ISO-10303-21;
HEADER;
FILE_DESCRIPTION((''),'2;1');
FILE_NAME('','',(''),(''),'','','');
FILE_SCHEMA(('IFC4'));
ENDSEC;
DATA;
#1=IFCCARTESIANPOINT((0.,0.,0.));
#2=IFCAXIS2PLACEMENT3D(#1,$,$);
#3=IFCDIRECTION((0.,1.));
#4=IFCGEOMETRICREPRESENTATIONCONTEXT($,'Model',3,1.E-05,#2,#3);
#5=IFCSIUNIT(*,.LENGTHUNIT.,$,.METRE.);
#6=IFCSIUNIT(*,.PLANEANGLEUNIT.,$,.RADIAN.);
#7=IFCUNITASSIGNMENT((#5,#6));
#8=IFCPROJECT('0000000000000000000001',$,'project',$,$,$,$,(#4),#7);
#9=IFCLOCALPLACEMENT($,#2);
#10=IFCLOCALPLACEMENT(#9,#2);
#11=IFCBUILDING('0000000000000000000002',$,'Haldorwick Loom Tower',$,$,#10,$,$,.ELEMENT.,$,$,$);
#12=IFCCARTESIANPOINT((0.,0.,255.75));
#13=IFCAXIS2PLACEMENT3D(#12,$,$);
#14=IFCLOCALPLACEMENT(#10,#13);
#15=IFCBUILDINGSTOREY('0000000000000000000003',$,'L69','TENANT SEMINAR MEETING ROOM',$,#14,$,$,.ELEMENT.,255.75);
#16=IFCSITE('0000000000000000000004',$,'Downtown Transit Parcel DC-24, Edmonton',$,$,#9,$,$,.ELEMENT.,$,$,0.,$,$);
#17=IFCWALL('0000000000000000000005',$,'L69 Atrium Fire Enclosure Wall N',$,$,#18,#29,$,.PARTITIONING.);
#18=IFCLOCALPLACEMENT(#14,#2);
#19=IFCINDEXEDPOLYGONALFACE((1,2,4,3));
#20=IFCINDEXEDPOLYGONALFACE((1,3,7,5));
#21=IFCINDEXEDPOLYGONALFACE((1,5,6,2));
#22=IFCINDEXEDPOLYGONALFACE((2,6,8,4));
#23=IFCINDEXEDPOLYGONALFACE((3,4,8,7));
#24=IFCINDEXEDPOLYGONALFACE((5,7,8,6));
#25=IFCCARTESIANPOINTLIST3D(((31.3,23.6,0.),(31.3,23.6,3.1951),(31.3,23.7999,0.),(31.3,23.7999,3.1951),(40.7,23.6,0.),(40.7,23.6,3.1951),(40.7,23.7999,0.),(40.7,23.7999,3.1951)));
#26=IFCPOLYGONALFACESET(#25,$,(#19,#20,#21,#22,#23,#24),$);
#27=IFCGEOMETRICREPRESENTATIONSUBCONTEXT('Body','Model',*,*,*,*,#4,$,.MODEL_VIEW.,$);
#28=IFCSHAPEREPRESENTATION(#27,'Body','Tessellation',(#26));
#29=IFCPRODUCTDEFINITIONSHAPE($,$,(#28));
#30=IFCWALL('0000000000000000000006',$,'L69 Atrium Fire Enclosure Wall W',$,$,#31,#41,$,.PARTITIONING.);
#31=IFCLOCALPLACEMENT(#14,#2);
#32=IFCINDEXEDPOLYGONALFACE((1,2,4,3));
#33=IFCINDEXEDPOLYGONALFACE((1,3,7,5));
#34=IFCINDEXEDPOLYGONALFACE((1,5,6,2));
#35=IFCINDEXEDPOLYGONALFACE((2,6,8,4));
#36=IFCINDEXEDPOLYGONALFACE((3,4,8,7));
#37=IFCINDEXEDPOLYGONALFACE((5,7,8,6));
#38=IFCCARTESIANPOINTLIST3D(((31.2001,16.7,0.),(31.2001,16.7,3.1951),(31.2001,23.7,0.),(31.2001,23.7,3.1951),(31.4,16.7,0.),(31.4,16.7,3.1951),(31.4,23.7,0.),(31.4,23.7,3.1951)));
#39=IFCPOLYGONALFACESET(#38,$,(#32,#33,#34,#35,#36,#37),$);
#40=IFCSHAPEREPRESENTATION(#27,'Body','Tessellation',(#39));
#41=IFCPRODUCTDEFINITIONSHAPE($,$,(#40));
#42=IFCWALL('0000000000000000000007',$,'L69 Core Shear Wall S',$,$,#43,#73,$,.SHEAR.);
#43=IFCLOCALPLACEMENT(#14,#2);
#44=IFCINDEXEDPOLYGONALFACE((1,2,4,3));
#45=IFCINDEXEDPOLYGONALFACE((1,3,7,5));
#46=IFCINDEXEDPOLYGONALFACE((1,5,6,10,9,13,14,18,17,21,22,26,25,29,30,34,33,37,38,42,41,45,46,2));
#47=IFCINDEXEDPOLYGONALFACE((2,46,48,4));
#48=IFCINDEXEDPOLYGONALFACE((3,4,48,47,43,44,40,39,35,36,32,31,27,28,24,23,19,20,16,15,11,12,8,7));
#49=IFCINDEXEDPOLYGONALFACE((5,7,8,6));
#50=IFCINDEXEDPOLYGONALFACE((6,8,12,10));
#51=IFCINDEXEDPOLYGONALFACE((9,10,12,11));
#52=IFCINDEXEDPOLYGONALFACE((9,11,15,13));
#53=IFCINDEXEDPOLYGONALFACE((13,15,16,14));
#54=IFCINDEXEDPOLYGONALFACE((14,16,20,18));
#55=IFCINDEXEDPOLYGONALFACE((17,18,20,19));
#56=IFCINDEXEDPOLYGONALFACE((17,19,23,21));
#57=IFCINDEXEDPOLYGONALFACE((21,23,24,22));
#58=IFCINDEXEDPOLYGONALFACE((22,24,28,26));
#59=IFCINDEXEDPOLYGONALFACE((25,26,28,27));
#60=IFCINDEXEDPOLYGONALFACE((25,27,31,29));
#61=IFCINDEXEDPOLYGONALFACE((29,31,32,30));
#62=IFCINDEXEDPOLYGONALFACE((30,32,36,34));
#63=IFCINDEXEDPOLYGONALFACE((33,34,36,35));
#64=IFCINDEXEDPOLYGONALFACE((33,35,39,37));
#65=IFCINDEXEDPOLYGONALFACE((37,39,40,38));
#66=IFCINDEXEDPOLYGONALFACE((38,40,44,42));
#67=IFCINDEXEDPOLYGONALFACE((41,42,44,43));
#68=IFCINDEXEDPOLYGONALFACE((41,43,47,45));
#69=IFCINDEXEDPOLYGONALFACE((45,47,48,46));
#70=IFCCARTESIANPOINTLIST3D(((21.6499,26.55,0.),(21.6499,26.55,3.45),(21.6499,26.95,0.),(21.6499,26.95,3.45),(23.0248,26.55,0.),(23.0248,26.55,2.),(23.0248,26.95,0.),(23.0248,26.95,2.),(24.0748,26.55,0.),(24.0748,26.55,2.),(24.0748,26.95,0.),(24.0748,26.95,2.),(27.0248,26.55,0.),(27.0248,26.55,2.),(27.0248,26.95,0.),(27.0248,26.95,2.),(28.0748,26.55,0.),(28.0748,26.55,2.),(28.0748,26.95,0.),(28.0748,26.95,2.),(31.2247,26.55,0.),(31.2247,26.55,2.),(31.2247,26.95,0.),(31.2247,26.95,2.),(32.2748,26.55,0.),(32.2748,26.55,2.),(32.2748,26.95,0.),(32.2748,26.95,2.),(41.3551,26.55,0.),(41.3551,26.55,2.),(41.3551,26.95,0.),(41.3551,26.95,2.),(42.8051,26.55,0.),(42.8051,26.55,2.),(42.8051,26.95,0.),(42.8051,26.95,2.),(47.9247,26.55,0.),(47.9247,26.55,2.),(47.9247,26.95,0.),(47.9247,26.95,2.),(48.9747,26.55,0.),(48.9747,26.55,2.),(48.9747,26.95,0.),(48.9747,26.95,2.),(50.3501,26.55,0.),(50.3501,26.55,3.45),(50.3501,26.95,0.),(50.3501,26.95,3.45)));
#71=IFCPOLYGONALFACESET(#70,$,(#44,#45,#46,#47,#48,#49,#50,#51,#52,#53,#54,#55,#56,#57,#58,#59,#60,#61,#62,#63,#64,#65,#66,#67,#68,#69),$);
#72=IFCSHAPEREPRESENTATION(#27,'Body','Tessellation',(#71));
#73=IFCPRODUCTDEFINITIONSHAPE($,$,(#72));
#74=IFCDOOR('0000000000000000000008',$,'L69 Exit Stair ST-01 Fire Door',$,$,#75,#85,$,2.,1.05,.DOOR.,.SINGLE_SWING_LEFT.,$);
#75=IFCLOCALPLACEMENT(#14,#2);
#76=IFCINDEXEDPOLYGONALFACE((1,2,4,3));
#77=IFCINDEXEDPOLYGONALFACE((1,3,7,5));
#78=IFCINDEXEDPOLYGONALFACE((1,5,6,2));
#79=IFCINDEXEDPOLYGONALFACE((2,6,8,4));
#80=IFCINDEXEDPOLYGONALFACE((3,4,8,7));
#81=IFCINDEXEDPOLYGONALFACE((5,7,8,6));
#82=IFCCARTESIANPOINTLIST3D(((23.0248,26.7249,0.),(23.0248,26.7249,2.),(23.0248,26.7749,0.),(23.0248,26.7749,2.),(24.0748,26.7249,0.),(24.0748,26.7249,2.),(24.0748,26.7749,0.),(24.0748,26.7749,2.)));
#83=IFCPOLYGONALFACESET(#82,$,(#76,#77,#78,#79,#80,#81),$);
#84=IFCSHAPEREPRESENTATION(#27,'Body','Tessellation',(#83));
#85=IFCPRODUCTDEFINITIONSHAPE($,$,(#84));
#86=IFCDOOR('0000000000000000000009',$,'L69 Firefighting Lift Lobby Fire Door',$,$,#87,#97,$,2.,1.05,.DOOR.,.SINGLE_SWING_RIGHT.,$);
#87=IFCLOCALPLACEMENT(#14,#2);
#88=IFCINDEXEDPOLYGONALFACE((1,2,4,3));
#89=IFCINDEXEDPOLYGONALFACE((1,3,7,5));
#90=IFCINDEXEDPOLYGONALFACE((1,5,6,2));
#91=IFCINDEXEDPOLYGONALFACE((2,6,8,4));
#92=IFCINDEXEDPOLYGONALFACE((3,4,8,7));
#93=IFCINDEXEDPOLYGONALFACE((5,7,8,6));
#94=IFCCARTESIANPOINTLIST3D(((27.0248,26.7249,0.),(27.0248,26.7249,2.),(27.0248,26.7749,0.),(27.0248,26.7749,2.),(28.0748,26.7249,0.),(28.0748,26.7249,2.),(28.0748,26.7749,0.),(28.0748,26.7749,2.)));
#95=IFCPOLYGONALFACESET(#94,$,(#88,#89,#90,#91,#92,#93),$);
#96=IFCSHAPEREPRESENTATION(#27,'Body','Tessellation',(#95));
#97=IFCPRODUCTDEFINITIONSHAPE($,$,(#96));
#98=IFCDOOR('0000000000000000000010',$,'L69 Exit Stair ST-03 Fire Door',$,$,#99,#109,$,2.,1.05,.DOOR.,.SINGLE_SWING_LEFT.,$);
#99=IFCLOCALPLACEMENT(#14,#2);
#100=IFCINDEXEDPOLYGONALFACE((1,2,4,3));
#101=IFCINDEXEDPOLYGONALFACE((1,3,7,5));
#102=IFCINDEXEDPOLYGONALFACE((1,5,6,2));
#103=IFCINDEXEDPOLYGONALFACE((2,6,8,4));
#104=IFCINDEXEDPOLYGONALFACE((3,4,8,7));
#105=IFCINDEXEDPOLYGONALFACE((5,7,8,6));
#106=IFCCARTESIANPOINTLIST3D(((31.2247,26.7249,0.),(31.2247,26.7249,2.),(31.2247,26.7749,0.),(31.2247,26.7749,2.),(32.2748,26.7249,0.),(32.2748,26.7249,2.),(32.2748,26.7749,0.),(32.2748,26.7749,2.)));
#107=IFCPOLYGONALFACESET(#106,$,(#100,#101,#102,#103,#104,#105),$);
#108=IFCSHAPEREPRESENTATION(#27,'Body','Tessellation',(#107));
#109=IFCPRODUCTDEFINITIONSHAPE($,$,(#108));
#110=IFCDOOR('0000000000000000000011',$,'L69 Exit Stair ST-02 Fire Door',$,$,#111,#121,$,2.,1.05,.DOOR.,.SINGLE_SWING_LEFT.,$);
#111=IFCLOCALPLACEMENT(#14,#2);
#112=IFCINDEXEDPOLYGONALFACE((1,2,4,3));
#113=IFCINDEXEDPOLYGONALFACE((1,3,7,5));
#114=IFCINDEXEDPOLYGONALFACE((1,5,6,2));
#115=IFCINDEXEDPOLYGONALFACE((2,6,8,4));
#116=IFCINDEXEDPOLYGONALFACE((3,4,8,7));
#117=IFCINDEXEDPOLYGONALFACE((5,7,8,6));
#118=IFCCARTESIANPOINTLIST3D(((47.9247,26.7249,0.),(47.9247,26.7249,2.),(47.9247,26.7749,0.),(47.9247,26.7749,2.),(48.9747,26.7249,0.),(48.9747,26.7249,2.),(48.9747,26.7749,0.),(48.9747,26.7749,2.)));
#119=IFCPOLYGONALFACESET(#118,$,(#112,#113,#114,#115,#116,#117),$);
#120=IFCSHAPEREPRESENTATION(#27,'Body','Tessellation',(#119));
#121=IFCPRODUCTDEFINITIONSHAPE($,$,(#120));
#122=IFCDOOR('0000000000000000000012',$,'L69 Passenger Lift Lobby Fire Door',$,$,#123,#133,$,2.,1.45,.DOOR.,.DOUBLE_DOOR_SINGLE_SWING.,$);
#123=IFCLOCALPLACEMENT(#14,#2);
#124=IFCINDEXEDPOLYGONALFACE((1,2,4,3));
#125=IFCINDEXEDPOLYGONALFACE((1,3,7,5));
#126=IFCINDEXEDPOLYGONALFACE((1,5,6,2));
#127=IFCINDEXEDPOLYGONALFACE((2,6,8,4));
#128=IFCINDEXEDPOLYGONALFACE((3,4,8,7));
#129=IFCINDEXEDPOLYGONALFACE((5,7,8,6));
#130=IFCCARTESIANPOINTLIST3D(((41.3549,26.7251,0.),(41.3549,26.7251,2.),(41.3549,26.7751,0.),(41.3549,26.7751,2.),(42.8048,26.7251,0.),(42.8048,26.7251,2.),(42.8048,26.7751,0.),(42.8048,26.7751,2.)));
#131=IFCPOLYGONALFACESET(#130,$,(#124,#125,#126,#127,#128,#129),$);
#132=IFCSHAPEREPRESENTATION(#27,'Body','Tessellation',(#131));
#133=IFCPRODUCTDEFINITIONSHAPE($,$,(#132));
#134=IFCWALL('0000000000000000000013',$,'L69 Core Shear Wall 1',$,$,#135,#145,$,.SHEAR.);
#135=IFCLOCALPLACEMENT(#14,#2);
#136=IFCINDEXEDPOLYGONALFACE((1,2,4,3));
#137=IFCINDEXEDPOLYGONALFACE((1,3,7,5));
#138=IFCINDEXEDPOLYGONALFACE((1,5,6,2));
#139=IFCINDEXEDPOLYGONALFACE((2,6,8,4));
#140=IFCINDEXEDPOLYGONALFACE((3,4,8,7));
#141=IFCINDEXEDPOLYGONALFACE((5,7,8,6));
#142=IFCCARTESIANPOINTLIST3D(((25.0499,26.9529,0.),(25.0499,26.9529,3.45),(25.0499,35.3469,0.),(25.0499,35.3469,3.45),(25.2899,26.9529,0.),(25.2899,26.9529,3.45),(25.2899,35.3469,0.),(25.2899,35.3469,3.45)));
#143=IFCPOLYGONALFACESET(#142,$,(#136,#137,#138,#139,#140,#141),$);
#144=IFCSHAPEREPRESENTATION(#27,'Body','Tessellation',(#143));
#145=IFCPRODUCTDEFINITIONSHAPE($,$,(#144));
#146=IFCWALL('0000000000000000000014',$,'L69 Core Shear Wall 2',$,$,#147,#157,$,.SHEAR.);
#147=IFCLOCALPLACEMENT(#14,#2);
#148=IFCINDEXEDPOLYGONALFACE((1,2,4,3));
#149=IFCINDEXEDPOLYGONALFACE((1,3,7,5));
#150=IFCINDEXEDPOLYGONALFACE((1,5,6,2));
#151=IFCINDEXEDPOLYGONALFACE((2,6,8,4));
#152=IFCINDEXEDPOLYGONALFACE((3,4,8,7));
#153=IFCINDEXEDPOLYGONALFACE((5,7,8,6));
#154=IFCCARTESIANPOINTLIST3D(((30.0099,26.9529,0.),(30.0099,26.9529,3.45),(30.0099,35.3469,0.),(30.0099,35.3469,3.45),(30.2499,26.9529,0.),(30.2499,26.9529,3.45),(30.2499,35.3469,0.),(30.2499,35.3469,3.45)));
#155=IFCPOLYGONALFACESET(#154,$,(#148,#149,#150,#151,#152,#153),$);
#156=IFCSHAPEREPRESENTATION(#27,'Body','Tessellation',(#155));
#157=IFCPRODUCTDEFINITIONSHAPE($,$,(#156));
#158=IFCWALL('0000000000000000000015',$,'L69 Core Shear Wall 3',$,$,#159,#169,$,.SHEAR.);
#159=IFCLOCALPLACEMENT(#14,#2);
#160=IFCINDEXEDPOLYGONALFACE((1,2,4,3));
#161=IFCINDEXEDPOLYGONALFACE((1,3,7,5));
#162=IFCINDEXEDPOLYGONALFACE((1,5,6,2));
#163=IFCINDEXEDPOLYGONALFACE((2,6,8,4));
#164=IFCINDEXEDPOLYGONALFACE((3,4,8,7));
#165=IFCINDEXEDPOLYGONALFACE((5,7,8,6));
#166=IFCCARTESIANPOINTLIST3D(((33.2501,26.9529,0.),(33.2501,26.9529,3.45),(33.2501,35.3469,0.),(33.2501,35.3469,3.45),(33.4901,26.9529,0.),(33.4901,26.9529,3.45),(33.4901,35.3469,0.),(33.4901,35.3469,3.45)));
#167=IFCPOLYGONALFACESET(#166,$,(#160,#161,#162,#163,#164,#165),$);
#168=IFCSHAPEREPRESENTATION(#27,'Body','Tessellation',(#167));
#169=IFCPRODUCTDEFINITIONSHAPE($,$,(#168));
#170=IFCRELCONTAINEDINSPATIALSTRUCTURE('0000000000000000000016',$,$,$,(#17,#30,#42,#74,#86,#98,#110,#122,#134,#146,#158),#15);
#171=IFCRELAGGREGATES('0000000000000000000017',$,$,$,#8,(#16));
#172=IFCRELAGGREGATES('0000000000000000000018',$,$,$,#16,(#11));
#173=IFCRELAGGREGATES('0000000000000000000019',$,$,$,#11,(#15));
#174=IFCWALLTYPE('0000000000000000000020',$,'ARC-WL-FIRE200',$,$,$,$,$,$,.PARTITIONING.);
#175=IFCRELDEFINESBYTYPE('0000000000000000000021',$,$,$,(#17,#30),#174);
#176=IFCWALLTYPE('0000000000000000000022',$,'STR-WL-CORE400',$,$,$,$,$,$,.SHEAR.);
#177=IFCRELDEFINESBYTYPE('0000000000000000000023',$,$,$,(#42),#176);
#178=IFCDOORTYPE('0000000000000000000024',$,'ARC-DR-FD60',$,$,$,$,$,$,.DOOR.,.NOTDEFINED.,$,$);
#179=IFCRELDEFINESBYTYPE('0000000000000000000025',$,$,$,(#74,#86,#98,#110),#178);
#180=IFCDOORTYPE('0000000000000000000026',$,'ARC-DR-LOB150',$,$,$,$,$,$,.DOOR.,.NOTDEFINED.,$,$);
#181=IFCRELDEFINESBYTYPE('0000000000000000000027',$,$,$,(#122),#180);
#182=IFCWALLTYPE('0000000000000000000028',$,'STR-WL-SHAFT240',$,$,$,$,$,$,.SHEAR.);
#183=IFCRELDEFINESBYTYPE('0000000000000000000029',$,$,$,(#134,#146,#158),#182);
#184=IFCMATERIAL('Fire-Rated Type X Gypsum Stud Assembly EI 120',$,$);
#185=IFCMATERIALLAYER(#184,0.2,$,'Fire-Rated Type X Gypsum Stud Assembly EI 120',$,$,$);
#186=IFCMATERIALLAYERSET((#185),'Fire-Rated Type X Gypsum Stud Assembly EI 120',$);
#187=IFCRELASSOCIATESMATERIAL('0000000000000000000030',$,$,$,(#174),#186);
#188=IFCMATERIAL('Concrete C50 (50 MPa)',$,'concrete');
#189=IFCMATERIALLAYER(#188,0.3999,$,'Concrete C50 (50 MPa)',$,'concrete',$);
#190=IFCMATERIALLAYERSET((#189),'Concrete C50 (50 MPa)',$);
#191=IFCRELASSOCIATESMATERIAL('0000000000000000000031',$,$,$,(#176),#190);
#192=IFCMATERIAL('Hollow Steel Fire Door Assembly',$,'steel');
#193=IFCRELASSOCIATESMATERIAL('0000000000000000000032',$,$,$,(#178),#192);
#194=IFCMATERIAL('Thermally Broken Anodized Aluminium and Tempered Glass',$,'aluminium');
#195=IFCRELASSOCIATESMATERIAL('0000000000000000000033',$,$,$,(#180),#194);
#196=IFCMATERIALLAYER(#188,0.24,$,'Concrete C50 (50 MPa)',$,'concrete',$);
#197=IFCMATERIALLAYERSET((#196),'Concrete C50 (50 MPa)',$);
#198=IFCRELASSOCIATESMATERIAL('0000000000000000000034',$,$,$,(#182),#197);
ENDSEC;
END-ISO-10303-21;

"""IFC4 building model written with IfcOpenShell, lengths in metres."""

from ifc_helpers import new_model, si_unit, direction, frame, frame_2d, origin, place, context, subcontext, project, spatial, rectangle, extrude, material, layer, layer_set, type_object, element, fill, save


model = new_model("IFC4")

# Units and contexts
model_context = context("Model", 3, precision=1e-05, world=origin(), true_north=direction((0.0, 1.0)))
body_context = subcontext(model_context, "Body", "Model", "MODEL_VIEW")
ifc_project = project(units=[si_unit("LENGTHUNIT", "METRE"), si_unit("PLANEANGLEUNIT", "RADIAN")], contexts=[model_context])

# Site, building, storey
site_placement = place(None, origin())
site = spatial("IfcSite", under=ifc_project, at=site_placement, Name="Downtown Transit Parcel DC-24, Edmonton", CompositionType="ELEMENT", RefElevation=0.0)
building_placement = place(site_placement, origin())
building = spatial("IfcBuilding", under=site, at=building_placement, Name="Haldorwick Loom Tower", CompositionType="ELEMENT")
storey_placement = place(building_placement, frame((0.0, 0.0, 255.75)))
storey = spatial("IfcBuildingStorey", under=building, at=storey_placement, Name="L69", Description="TENANT SEMINAR MEETING ROOM", CompositionType="ELEMENT", Elevation=255.75)

# Shared definitions
ifc_material_1 = material(Name="Concrete C50 (50 MPa)", Category="concrete")

# Walls
ifc_material_2 = material(Name="Fire-Rated Type X Gypsum Stud Assembly EI 120")
ifc_layer_1 = layer(ifc_material_2, 0.2, Name="Fire-Rated Type X Gypsum Stud Assembly EI 120")
ifc_layer_set_1 = layer_set([ifc_layer_1], Name="Fire-Rated Type X Gypsum Stud Assembly EI 120")
wall_type_1 = type_object("IfcWallType", Name="ARC-WL-FIRE200", PredefinedType="PARTITIONING", material=ifc_layer_set_1)
wall_1_placement = place(storey_placement, frame((31.3, 23.7, 0.0), z_axis=(0.0, 0.0, 1.0), x_axis=(1.0, 0.0, 0.0)))
element("IfcWall", 1, at=wall_1_placement, inside=storey, type_object=wall_type_1, Name="L69 Atrium Fire Enclosure Wall N", PredefinedType="PARTITIONING", context=body_context, shape_type="SweptSolid", body=[
    extrude(rectangle(XDim=9.3999, YDim=0.2, at=frame_2d((4.7, 0.0))), origin(), (0.0, 0.0, 1.0), 3.1951),
])
wall_2_placement = place(storey_placement, frame((31.3, 16.7, 0.0), z_axis=(0.0, 0.0, 1.0), x_axis=(0.0, 1.0, 0.0)))
element("IfcWall", 2, at=wall_2_placement, inside=storey, type_object=wall_type_1, Name="L69 Atrium Fire Enclosure Wall W", PredefinedType="PARTITIONING", context=body_context, shape_type="SweptSolid", body=[
    extrude(rectangle(XDim=7.0, YDim=0.2, at=frame_2d((3.5, 0.0))), origin(), (0.0, 0.0, 1.0), 3.1951),
])

# Wall, openings, doors
ifc_layer_2 = layer(ifc_material_1, 0.3999, Name="Concrete C50 (50 MPa)", Category="concrete")
ifc_layer_set_2 = layer_set([ifc_layer_2], Name="Concrete C50 (50 MPa)")
wall_type_2 = type_object("IfcWallType", Name="STR-WL-CORE400", PredefinedType="SHEAR", material=ifc_layer_set_2)
wall_3_placement = place(storey_placement, frame((21.6499, 26.75, 0.0), z_axis=(0.0, 0.0, 1.0), x_axis=(1.0, 0.0, 0.0)))
wall_3 = element("IfcWall", 3, at=wall_3_placement, inside=storey, type_object=wall_type_2, Name="L69 Core Shear Wall S", PredefinedType="SHEAR", context=body_context, shape_type="SweptSolid", body=[
    extrude(rectangle(XDim=28.7002, YDim=0.3999, at=frame_2d((14.3501, 0.0))), origin(), (0.0, 0.0, 1.0), 3.45),
])
opening_1_placement = place(wall_3_placement, frame((1.375, 0.0, 0.0)))
opening_1 = element("IfcOpeningElement", 4, at=opening_1_placement, cuts=wall_3, PredefinedType="OPENING", context=body_context, shape_type="SweptSolid", body=[
    extrude(rectangle(XDim=1.05, YDim=2.0, at=frame_2d((0.5249, 1.0))), frame((0.0, 0.21, 0.0), z_axis=(0.0, -1.0, 0.0), x_axis=(1.0, 0.0, 0.0)), (0.0, 0.0, 1.0), 0.4199),
])
opening_2_placement = place(wall_3_placement, frame((5.375, 0.0, 0.0)))
opening_2 = element("IfcOpeningElement", 5, at=opening_2_placement, cuts=wall_3, PredefinedType="OPENING", context=body_context, shape_type="SweptSolid", body=[
    extrude(rectangle(XDim=1.05, YDim=2.0, at=frame_2d((0.5249, 1.0))), frame((0.0, 0.21, 0.0), z_axis=(0.0, -1.0, 0.0), x_axis=(1.0, 0.0, 0.0)), (0.0, 0.0, 1.0), 0.4199),
])
opening_3_placement = place(wall_3_placement, frame((9.575, 0.0, 0.0)))
opening_3 = element("IfcOpeningElement", 6, at=opening_3_placement, cuts=wall_3, PredefinedType="OPENING", context=body_context, shape_type="SweptSolid", body=[
    extrude(rectangle(XDim=1.05, YDim=2.0, at=frame_2d((0.5249, 1.0))), frame((0.0, 0.21, 0.0), z_axis=(0.0, -1.0, 0.0), x_axis=(1.0, 0.0, 0.0)), (0.0, 0.0, 1.0), 0.4199),
])
opening_4_placement = place(wall_3_placement, frame((19.7051, 0.0, 0.0)))
opening_4 = element("IfcOpeningElement", 7, at=opening_4_placement, cuts=wall_3, PredefinedType="OPENING", context=body_context, shape_type="SweptSolid", body=[
    extrude(rectangle(XDim=1.45, YDim=2.0, at=frame_2d((0.7251, 1.0))), frame((0.0, 0.21, 0.0), z_axis=(0.0, -1.0, 0.0), x_axis=(1.0, 0.0, 0.0)), (0.0, 0.0, 1.0), 0.4199),
])
opening_5_placement = place(wall_3_placement, frame((26.2749, 0.0, 0.0)))
opening_5 = element("IfcOpeningElement", 8, at=opening_5_placement, cuts=wall_3, PredefinedType="OPENING", context=body_context, shape_type="SweptSolid", body=[
    extrude(rectangle(XDim=1.05, YDim=2.0, at=frame_2d((0.5249, 1.0))), frame((0.0, 0.21, 0.0), z_axis=(0.0, -1.0, 0.0), x_axis=(1.0, 0.0, 0.0)), (0.0, 0.0, 1.0), 0.4199),
])
ifc_material_3 = material(Name="Hollow Steel Fire Door Assembly", Category="steel")
door_type_1 = type_object("IfcDoorType", Name="ARC-DR-FD60", OperationType="NOTDEFINED", PredefinedType="DOOR", material=ifc_material_3)
door_1_placement = place(opening_1_placement, origin())
door_1 = element("IfcDoor", 9, at=door_1_placement, inside=storey, type_object=door_type_1, Name="L69 Exit Stair ST-01 Fire Door", OperationType="SINGLE_SWING_LEFT", OverallHeight=2.0, OverallWidth=1.05, PredefinedType="DOOR", context=body_context, shape_type="SweptSolid", body=[
    extrude(rectangle(XDim=1.05, YDim=2.0, at=frame_2d((0.5249, 1.0))), frame((0.0, 0.0249, 0.0), z_axis=(0.0, -1.0, 0.0), x_axis=(1.0, 0.0, 0.0)), (0.0, 0.0, 1.0), 0.05),
])
fill(opening_1, door_1)
door_2_placement = place(opening_2_placement, origin())
door_2 = element("IfcDoor", 10, at=door_2_placement, inside=storey, type_object=door_type_1, Name="L69 Firefighting Lift Lobby Fire Door", OperationType="SINGLE_SWING_RIGHT", OverallHeight=2.0, OverallWidth=1.05, PredefinedType="DOOR", context=body_context, shape_type="SweptSolid", body=[
    extrude(rectangle(XDim=1.05, YDim=2.0, at=frame_2d((0.5249, 1.0))), frame((0.0, 0.0249, 0.0), z_axis=(0.0, -1.0, 0.0), x_axis=(1.0, 0.0, 0.0)), (0.0, 0.0, 1.0), 0.05),
])
fill(opening_2, door_2)
door_3_placement = place(opening_3_placement, origin())
door_3 = element("IfcDoor", 11, at=door_3_placement, inside=storey, type_object=door_type_1, Name="L69 Exit Stair ST-03 Fire Door", OperationType="SINGLE_SWING_LEFT", OverallHeight=2.0, OverallWidth=1.05, PredefinedType="DOOR", context=body_context, shape_type="SweptSolid", body=[
    extrude(rectangle(XDim=1.05, YDim=2.0, at=frame_2d((0.5249, 1.0))), frame((0.0, 0.0249, 0.0), z_axis=(0.0, -1.0, 0.0), x_axis=(1.0, 0.0, 0.0)), (0.0, 0.0, 1.0), 0.05),
])
fill(opening_3, door_3)
door_4_placement = place(opening_5_placement, origin())
door_4 = element("IfcDoor", 12, at=door_4_placement, inside=storey, type_object=door_type_1, Name="L69 Exit Stair ST-02 Fire Door", OperationType="SINGLE_SWING_LEFT", OverallHeight=2.0, OverallWidth=1.05, PredefinedType="DOOR", context=body_context, shape_type="SweptSolid", body=[
    extrude(rectangle(XDim=1.05, YDim=2.0, at=frame_2d((0.5249, 1.0))), frame((0.0, 0.0249, 0.0), z_axis=(0.0, -1.0, 0.0), x_axis=(1.0, 0.0, 0.0)), (0.0, 0.0, 1.0), 0.05),
])
fill(opening_5, door_4)
ifc_material_4 = material(Name="Thermally Broken Anodized Aluminium and Tempered Glass", Category="aluminium")
door_type_2 = type_object("IfcDoorType", Name="ARC-DR-LOB150", OperationType="NOTDEFINED", PredefinedType="DOOR", material=ifc_material_4)
door_5_placement = place(opening_4_placement, frame((1.45, 0.0, 0.0), z_axis=(0.0, 0.0, 1.0), x_axis=(-1.0, 0.0, 0.0)))
door_5 = element("IfcDoor", 13, at=door_5_placement, inside=storey, type_object=door_type_2, Name="L69 Passenger Lift Lobby Fire Door", OperationType="DOUBLE_DOOR_SINGLE_SWING", OverallHeight=2.0, OverallWidth=1.45, PredefinedType="DOOR", context=body_context, shape_type="SweptSolid", body=[
    extrude(rectangle(XDim=1.45, YDim=2.0, at=frame_2d((0.7251, 1.0))), frame((0.0, 0.0249, 0.0), z_axis=(0.0, -1.0, 0.0), x_axis=(1.0, 0.0, 0.0)), (0.0, 0.0, 1.0), 0.05),
])
fill(opening_4, door_5)

# Walls
ifc_layer_3 = layer(ifc_material_1, 0.24, Name="Concrete C50 (50 MPa)", Category="concrete")
ifc_layer_set_3 = layer_set([ifc_layer_3], Name="Concrete C50 (50 MPa)")
wall_type_3 = type_object("IfcWallType", Name="STR-WL-SHAFT240", PredefinedType="SHEAR", material=ifc_layer_set_3)
for number, where, z_axis, x_axis, name in (
    (14, (25.1699, 26.9529, 0.0), (0.0, 0.0, 1.0), (0.0, 1.0, 0.0), "L69 Core Shear Wall 1"),
    (15, (30.1299, 26.9529, 0.0), (0.0, 0.0, 1.0), (0.0, 1.0, 0.0), "L69 Core Shear Wall 2"),
    (16, (33.3701, 26.9529, 0.0), (0.0, 0.0, 1.0), (0.0, 1.0, 0.0), "L69 Core Shear Wall 3"),
):
    element("IfcWall", number, at=place(storey_placement, frame(where, z_axis=z_axis, x_axis=x_axis)), inside=storey, type_object=wall_type_3, Name=name, PredefinedType="SHEAR", context=body_context, shape_type="SweptSolid", body=[
        extrude(rectangle(XDim=8.394, YDim=0.24, at=frame_2d((4.197, 0.0))), origin(), (0.0, 0.0, 1.0), 3.45),
    ])

save(model, "model.ifc")
